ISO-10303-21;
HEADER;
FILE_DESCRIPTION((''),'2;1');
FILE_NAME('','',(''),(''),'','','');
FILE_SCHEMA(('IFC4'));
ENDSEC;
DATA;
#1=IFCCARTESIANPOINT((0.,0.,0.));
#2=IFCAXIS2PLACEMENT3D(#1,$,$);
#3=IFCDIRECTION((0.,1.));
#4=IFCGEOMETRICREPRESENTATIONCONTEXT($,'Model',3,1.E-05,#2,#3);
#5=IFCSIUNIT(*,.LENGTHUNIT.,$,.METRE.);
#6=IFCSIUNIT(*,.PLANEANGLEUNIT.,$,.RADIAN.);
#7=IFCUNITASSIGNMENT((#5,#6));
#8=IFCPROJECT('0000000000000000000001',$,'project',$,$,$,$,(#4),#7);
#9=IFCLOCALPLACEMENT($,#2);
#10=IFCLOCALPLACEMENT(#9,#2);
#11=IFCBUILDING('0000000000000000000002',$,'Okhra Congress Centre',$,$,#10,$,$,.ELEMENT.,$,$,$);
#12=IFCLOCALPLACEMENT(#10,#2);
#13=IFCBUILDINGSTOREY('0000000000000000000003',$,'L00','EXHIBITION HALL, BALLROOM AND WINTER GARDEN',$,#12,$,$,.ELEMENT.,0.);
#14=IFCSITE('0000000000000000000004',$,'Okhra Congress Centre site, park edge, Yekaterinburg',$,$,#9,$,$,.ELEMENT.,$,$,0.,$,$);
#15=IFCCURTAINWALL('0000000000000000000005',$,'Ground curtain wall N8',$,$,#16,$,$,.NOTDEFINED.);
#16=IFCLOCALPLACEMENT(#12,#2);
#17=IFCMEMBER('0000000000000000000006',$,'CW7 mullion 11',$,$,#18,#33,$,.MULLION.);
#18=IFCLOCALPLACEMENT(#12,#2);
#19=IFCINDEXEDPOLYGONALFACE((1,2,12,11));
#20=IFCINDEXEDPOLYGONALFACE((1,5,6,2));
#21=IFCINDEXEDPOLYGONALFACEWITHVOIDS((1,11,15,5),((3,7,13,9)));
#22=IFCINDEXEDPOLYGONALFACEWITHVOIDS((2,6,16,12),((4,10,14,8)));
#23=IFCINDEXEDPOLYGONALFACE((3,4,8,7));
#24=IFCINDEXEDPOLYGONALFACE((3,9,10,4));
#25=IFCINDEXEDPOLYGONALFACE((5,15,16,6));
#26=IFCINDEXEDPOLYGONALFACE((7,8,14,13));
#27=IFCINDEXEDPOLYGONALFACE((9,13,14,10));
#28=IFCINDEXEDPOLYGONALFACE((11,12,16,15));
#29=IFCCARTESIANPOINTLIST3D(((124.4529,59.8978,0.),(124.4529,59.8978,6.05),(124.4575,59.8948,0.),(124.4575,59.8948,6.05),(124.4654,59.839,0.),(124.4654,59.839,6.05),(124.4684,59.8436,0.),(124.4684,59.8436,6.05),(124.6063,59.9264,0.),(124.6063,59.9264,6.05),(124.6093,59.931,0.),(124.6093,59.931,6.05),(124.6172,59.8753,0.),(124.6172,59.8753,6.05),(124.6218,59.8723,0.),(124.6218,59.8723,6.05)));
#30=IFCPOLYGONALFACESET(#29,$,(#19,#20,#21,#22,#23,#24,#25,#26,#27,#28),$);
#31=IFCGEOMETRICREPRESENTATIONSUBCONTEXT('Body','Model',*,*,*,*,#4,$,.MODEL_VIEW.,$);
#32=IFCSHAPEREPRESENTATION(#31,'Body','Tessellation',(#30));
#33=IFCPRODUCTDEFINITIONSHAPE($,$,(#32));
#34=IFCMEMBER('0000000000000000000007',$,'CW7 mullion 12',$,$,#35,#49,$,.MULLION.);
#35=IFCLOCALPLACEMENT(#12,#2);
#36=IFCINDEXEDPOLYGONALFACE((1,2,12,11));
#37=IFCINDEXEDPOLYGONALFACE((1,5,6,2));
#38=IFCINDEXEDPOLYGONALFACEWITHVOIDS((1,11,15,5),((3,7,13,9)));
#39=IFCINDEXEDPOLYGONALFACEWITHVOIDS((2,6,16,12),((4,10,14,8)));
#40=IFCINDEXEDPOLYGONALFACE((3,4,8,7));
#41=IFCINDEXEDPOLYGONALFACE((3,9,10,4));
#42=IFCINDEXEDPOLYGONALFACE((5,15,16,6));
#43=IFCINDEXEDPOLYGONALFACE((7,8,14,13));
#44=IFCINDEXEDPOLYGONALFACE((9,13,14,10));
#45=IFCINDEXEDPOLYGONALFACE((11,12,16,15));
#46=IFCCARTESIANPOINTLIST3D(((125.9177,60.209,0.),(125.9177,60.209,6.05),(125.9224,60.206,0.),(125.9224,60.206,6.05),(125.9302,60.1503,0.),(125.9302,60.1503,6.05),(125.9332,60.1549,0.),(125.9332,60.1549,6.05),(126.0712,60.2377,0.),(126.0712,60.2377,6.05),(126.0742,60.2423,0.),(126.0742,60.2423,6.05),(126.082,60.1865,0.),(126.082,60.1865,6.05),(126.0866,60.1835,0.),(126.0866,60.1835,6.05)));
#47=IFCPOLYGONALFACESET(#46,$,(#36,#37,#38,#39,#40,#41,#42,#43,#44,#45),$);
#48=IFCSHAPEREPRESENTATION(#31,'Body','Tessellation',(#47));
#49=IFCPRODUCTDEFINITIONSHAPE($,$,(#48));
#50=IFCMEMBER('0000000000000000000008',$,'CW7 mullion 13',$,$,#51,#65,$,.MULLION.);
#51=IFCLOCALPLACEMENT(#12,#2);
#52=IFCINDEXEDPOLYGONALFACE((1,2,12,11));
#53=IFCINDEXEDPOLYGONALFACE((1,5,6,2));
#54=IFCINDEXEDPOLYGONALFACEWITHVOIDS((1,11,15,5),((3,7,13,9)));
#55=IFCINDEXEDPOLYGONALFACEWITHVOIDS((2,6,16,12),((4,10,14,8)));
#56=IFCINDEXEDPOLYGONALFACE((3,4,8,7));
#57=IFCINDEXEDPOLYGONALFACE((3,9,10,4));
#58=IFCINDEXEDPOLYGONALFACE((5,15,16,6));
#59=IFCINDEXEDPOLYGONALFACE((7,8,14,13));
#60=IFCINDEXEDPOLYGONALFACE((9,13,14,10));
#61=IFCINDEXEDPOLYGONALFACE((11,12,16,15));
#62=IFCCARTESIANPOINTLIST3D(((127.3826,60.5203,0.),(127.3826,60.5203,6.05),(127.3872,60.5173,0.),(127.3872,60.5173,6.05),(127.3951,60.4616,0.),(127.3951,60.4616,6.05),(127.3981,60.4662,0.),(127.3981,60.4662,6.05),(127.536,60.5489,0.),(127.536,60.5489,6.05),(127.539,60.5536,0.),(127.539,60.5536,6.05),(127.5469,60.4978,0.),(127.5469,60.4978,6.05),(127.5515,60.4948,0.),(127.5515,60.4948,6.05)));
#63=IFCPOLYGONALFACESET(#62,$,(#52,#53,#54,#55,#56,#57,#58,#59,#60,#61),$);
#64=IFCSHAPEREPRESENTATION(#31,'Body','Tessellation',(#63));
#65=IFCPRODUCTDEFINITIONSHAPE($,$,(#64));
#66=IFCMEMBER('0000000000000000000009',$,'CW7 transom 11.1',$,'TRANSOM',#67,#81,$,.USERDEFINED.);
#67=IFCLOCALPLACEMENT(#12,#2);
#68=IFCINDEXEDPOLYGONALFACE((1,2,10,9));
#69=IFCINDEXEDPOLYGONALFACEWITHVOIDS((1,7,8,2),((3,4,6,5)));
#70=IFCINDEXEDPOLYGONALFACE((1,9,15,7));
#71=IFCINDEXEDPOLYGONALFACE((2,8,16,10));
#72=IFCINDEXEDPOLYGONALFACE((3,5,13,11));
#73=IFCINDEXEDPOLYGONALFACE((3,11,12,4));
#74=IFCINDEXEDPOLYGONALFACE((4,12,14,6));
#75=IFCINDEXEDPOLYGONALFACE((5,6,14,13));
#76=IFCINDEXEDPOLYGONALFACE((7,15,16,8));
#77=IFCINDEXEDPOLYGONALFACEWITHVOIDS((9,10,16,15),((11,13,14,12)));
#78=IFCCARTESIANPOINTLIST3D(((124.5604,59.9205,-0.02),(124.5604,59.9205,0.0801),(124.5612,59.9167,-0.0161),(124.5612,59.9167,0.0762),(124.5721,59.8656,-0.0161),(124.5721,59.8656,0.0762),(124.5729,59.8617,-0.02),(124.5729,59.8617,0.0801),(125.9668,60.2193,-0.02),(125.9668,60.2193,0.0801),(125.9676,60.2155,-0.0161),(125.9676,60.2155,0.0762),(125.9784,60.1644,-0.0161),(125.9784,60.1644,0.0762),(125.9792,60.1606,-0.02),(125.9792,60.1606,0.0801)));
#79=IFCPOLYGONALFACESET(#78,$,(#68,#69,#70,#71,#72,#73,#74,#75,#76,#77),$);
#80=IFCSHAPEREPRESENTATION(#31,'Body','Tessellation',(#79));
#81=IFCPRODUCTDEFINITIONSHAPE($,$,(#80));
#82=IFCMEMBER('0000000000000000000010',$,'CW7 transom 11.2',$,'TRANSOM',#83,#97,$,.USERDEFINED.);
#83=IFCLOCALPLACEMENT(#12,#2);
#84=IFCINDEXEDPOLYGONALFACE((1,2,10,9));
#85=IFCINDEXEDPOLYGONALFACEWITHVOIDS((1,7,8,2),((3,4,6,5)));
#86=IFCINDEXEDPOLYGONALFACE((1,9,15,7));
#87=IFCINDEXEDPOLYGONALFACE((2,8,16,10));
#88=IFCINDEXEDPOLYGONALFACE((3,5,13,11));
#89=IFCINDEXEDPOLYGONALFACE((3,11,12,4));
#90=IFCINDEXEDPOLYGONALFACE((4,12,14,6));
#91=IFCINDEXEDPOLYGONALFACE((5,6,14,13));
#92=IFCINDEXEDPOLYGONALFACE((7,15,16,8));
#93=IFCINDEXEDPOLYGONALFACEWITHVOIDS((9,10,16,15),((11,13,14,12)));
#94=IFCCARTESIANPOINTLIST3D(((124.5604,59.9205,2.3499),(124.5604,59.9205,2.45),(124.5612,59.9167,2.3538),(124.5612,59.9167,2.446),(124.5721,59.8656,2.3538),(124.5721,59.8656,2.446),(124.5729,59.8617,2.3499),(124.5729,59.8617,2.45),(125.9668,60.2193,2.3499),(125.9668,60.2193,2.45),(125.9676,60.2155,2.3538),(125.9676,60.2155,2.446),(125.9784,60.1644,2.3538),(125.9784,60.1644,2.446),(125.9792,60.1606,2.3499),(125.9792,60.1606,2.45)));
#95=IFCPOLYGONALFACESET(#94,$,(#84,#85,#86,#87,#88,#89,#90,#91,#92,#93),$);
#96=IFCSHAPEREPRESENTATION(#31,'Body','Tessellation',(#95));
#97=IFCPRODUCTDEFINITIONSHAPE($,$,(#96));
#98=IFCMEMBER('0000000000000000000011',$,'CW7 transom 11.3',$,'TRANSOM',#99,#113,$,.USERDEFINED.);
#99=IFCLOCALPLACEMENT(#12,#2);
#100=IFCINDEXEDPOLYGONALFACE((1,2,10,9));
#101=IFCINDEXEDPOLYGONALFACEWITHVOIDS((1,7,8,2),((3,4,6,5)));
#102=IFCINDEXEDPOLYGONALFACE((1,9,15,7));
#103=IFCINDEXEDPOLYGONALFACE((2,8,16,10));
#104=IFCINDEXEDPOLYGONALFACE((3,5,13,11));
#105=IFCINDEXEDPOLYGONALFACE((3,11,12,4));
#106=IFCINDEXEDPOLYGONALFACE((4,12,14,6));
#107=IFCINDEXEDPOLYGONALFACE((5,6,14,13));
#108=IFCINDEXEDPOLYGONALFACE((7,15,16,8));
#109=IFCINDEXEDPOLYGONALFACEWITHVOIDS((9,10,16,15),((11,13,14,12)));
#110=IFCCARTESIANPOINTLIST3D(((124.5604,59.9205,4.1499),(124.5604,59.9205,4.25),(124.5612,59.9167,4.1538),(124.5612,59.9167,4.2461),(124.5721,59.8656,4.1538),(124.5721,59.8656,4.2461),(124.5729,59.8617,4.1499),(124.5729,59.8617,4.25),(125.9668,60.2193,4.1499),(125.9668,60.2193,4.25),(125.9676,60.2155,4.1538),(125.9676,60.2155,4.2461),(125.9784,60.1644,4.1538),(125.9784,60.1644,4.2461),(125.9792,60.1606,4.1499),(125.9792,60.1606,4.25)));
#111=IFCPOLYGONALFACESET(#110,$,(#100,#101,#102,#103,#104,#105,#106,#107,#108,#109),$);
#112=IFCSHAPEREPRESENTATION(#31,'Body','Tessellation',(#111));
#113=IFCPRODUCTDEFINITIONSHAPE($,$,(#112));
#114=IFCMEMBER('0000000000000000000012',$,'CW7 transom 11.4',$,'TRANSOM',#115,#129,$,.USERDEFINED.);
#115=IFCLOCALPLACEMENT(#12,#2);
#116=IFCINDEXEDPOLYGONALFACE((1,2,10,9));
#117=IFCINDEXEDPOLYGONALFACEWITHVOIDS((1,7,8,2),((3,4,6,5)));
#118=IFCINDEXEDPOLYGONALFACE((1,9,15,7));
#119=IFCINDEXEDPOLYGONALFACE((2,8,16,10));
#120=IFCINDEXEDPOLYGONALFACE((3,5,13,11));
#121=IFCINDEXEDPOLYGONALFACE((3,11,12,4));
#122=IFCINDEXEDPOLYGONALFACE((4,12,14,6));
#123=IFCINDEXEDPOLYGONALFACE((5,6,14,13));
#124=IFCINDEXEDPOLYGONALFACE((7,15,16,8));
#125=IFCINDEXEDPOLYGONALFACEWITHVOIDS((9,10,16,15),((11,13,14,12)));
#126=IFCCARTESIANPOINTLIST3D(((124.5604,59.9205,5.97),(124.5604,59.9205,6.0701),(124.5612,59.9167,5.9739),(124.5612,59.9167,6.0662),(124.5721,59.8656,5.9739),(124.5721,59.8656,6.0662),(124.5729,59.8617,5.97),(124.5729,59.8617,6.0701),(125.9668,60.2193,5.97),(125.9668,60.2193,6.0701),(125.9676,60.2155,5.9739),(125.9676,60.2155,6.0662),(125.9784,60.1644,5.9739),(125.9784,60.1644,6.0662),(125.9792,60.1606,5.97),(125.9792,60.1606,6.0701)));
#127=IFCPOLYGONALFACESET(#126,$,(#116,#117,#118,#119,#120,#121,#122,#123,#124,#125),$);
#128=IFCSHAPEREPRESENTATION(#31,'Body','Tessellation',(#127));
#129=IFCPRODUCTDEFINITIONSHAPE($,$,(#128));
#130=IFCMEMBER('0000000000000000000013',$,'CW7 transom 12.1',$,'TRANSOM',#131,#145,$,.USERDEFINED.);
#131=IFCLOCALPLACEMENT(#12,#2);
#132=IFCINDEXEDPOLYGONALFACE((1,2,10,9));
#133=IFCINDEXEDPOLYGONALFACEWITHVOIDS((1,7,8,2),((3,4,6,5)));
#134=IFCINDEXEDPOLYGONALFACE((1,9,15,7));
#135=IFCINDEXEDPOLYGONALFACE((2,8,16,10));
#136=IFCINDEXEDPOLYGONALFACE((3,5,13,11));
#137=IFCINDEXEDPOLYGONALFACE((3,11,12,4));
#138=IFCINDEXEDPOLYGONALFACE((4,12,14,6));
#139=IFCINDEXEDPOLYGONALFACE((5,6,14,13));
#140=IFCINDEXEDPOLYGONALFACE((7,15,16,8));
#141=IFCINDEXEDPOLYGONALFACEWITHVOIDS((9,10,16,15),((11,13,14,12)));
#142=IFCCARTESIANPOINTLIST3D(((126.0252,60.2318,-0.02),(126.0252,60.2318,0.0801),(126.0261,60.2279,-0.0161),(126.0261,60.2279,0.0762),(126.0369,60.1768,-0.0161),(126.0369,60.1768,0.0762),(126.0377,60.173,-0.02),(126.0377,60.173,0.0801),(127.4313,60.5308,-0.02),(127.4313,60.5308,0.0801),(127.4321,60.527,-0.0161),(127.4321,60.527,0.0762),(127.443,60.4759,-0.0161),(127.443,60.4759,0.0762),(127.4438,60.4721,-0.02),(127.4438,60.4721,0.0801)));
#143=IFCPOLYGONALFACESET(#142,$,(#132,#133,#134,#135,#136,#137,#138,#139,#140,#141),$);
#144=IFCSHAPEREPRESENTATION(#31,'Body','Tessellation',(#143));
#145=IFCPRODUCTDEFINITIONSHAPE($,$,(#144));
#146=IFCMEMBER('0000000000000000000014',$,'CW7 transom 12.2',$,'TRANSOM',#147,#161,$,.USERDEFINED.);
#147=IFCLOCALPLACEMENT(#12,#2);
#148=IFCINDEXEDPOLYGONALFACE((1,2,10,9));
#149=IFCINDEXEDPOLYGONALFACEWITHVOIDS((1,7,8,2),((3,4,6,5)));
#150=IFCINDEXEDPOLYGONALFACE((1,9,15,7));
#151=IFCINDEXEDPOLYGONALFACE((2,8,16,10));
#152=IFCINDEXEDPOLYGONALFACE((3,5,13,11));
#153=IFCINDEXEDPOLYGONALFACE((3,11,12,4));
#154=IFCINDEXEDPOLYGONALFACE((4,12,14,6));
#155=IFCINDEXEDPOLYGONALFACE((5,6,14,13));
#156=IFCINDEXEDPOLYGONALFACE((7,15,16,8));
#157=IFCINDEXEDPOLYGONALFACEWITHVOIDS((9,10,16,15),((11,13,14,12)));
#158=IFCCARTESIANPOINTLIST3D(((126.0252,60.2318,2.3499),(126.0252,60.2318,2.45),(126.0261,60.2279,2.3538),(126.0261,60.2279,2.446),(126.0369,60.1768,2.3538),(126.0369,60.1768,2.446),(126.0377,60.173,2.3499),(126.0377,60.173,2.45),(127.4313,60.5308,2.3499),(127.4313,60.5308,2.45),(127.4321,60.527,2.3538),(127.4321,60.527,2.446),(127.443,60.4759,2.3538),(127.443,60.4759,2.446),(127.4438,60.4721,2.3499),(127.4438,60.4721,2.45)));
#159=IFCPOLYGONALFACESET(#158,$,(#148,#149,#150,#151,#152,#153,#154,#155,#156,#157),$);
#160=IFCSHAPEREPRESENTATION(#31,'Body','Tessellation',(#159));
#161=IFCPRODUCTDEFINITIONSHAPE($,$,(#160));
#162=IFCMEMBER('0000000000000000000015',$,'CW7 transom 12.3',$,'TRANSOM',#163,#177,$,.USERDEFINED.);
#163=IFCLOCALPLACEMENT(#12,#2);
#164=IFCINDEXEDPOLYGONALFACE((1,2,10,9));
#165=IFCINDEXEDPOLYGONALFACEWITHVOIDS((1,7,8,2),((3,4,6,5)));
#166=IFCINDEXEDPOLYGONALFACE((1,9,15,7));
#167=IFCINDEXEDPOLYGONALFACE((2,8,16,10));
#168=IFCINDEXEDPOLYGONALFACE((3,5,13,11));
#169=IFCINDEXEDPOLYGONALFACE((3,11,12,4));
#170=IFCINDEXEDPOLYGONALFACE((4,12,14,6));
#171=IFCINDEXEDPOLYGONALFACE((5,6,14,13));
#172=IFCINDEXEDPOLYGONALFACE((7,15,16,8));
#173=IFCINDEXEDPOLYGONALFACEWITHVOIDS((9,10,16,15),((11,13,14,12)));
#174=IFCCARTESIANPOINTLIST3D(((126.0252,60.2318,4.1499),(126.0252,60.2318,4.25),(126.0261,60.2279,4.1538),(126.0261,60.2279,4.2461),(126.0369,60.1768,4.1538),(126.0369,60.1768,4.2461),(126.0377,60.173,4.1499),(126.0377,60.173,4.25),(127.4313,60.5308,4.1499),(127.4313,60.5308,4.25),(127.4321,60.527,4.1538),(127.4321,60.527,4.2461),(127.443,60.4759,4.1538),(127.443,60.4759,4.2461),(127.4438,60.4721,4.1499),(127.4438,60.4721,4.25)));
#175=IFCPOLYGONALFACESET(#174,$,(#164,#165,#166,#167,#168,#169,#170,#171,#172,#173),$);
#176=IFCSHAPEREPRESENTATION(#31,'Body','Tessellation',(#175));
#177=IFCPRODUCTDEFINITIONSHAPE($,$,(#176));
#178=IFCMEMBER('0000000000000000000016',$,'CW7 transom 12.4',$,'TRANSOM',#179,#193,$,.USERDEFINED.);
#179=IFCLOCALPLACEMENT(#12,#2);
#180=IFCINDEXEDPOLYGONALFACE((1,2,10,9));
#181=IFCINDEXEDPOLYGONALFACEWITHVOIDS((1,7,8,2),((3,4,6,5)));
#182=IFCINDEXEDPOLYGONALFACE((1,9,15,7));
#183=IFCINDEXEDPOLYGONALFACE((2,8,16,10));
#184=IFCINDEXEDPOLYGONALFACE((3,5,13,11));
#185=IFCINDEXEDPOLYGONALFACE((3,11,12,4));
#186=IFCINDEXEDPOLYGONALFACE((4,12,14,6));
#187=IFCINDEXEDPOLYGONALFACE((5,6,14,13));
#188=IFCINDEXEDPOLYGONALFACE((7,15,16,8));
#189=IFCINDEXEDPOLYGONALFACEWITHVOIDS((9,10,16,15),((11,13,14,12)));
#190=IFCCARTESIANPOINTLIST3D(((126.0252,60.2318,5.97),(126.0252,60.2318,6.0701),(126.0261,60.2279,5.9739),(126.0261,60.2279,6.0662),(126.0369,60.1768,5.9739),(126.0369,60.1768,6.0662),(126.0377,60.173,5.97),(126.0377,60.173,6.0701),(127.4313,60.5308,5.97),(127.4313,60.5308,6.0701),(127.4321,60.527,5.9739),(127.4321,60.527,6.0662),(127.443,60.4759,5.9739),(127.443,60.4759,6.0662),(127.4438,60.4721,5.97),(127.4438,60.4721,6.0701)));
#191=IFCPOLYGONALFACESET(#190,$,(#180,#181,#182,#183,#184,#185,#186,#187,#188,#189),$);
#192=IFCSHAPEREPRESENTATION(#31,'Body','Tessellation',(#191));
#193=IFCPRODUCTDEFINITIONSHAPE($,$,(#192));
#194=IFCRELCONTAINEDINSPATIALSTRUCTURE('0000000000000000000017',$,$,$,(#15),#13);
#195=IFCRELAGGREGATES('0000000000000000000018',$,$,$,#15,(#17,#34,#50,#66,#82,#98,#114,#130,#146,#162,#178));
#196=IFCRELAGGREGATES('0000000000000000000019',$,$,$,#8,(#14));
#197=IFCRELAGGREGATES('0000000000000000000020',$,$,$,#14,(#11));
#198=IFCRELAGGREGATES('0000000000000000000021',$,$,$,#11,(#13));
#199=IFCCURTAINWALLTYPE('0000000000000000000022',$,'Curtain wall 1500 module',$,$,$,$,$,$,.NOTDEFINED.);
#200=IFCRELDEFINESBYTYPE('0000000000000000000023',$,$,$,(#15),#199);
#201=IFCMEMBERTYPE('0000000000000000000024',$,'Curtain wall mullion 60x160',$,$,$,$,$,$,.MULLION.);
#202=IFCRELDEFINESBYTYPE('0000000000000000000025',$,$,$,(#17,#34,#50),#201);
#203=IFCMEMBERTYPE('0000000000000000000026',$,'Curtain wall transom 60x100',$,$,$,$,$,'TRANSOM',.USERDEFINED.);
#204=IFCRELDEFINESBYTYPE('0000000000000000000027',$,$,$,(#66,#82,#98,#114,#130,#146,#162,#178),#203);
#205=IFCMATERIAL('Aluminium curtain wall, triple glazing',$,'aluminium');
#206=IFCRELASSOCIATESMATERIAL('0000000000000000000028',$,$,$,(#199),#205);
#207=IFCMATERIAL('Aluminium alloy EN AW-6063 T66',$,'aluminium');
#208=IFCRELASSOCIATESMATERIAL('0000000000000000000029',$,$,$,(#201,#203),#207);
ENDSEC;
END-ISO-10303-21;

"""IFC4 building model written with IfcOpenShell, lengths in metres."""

from ifc_helpers import new_model, si_unit, direction, frame, origin, origin_2d, place, context, subcontext, project, spatial, hollow_rectangle, extrude, material, material_profile, profile_set, type_object, element, aggregate, save


model = new_model("IFC4")

# Units and contexts
model_context = context("Model", 3, precision=1e-05, world=origin(), true_north=direction((0.0, 1.0)))
body_context = subcontext(model_context, "Body", "Model", "MODEL_VIEW")
ifc_project = project(units=[si_unit("LENGTHUNIT", "METRE"), si_unit("PLANEANGLEUNIT", "RADIAN")], contexts=[model_context])

# Site, building, storey
site_placement = place(None, origin())
site = spatial("IfcSite", under=ifc_project, at=site_placement, Name="Okhra Congress Centre site, park edge, Yekaterinburg", CompositionType="ELEMENT", RefElevation=0.0)
building_placement = place(site_placement, origin())
building = spatial("IfcBuilding", under=site, at=building_placement, Name="Okhra Congress Centre", CompositionType="ELEMENT")
storey_placement = place(building_placement, origin())
storey = spatial("IfcBuildingStorey", under=building, at=storey_placement, Name="L00", Description="EXHIBITION HALL, BALLROOM AND WINTER GARDEN", CompositionType="ELEMENT", Elevation=0.0)

# Curtain wall, members
ifc_material_1 = material(Name="Aluminium curtain wall, triple glazing", Category="aluminium")
curtain_wall_type = type_object("IfcCurtainWallType", Name="Curtain wall 1500 module", PredefinedType="NOTDEFINED", material=ifc_material_1)
curtain_wall_placement = place(storey_placement, origin())
curtain_wall = element("IfcCurtainWall", 1, at=curtain_wall_placement, inside=storey, type_object=curtain_wall_type, Name="Ground curtain wall N8", PredefinedType="NOTDEFINED")
ifc_material_2 = material(Name="Aluminium alloy EN AW-6063 T66", Category="aluminium")
ifc_material_profile_1 = material_profile(ifc_material_2, hollow_rectangle(XDim=0.0601, YDim=0.1599, WallThickness=0.0039, at=origin_2d()), Name="RHS 60x160x4")
ifc_profile_set_1 = profile_set([ifc_material_profile_1], Name="Aluminium alloy EN AW-6063 T66")
member_type_1 = type_object("IfcMemberType", Name="Curtain wall mullion 60x160", PredefinedType="MULLION", material=ifc_profile_set_1)
member_1_placement = place(storey_placement, frame((124.5374, 59.885, 0.0), z_axis=(0.0, 0.0, 1.0), x_axis=(-0.207912, 0.978148, 0.0)))
member_1 = element("IfcMember", 2, at=member_1_placement, type_object=member_type_1, Name="CW7 mullion 11", PredefinedType="MULLION", context=body_context, shape_type="SweptSolid", body=[
    extrude(hollow_rectangle(XDim=0.0601, YDim=0.1599, WallThickness=0.0039, at=origin_2d()), origin(), (0.0, 0.0, 1.0), 6.05),
])
member_2_placement = place(storey_placement, frame((126.0022, 60.1963, 0.0), z_axis=(0.0, 0.0, 1.0), x_axis=(-0.207912, 0.978148, 0.0)))
member_2 = element("IfcMember", 3, at=member_2_placement, type_object=member_type_1, Name="CW7 mullion 12", PredefinedType="MULLION", context=body_context, shape_type="SweptSolid", body=[
    extrude(hollow_rectangle(XDim=0.0601, YDim=0.1599, WallThickness=0.0039, at=origin_2d()), origin(), (0.0, 0.0, 1.0), 6.05),
])
member_3_placement = place(storey_placement, frame((127.467, 60.5076, 0.0), z_axis=(0.0, 0.0, 1.0), x_axis=(-0.207912, 0.978148, 0.0)))
member_3 = element("IfcMember", 4, at=member_3_placement, type_object=member_type_1, Name="CW7 mullion 13", PredefinedType="MULLION", context=body_context, shape_type="SweptSolid", body=[
    extrude(hollow_rectangle(XDim=0.0601, YDim=0.1599, WallThickness=0.0039, at=origin_2d()), origin(), (0.0, 0.0, 1.0), 6.05),
])
ifc_material_profile_2 = material_profile(ifc_material_2, hollow_rectangle(XDim=0.0601, YDim=0.1001, WallThickness=0.0039, at=origin_2d()), Name="RHS 60x100x4")
ifc_profile_set_2 = profile_set([ifc_material_profile_2], Name="Aluminium alloy EN AW-6063 T66")
member_type_2 = type_object("IfcMemberType", Name="Curtain wall transom 60x100", ElementType="TRANSOM", PredefinedType="USERDEFINED", material=ifc_profile_set_2)
member_4_placement = place(storey_placement, frame((124.5667, 59.8911, 0.03), z_axis=(0.978159, 0.207859, 0.0), x_axis=(-0.207859, 0.978159, 0.0)))
member_4 = element("IfcMember", 5, at=member_4_placement, type_object=member_type_2, Name="CW7 transom 11.1", ObjectType="TRANSOM", PredefinedType="USERDEFINED", context=body_context, shape_type="SweptSolid", body=[
    extrude(hollow_rectangle(XDim=0.0601, YDim=0.1001, WallThickness=0.0039, at=origin_2d()), origin(), (0.0, 0.0, 1.0), 1.4377),
])
member_5_placement = place(storey_placement, frame((124.5667, 59.8911, 2.3999), z_axis=(0.978159, 0.207859, 0.0), x_axis=(-0.207859, 0.978159, 0.0)))
member_5 = element("IfcMember", 6, at=member_5_placement, type_object=member_type_2, Name="CW7 transom 11.2", ObjectType="TRANSOM", PredefinedType="USERDEFINED", context=body_context, shape_type="SweptSolid", body=[
    extrude(hollow_rectangle(XDim=0.0601, YDim=0.1001, WallThickness=0.0039, at=origin_2d()), origin(), (0.0, 0.0, 1.0), 1.4377),
])
member_6_placement = place(storey_placement, frame((124.5667, 59.8911, 4.2), z_axis=(0.978159, 0.207859, 0.0), x_axis=(-0.207859, 0.978159, 0.0)))
member_6 = element("IfcMember", 7, at=member_6_placement, type_object=member_type_2, Name="CW7 transom 11.3", ObjectType="TRANSOM", PredefinedType="USERDEFINED", context=body_context, shape_type="SweptSolid", body=[
    extrude(hollow_rectangle(XDim=0.0601, YDim=0.1001, WallThickness=0.0039, at=origin_2d()), origin(), (0.0, 0.0, 1.0), 1.4377),
])
member_7_placement = place(storey_placement, frame((124.5667, 59.8911, 6.02), z_axis=(0.978159, 0.207859, 0.0), x_axis=(-0.207859, 0.978159, 0.0)))
member_7 = element("IfcMember", 8, at=member_7_placement, type_object=member_type_2, Name="CW7 transom 11.4", ObjectType="TRANSOM", PredefinedType="USERDEFINED", context=body_context, shape_type="SweptSolid", body=[
    extrude(hollow_rectangle(XDim=0.0601, YDim=0.1001, WallThickness=0.0039, at=origin_2d()), origin(), (0.0, 0.0, 1.0), 1.4377),
])
member_8_placement = place(storey_placement, frame((126.0315, 60.2024, 0.03), z_axis=(0.978117, 0.208056, 0.0), x_axis=(-0.208056, 0.978117, 0.0)))
member_8 = element("IfcMember", 9, at=member_8_placement, type_object=member_type_2, Name="CW7 transom 12.1", ObjectType="TRANSOM", PredefinedType="USERDEFINED", context=body_context, shape_type="SweptSolid", body=[
    extrude(hollow_rectangle(XDim=0.0601, YDim=0.1001, WallThickness=0.0039, at=origin_2d()), origin(), (0.0, 0.0, 1.0), 1.4375),
])
member_9_placement = place(storey_placement, frame((126.0315, 60.2024, 2.3999), z_axis=(0.978117, 0.208056, 0.0), x_axis=(-0.208056, 0.978117, 0.0)))
member_9 = element("IfcMember", 10, at=member_9_placement, type_object=member_type_2, Name="CW7 transom 12.2", ObjectType="TRANSOM", PredefinedType="USERDEFINED", context=body_context, shape_type="SweptSolid", body=[
    extrude(hollow_rectangle(XDim=0.0601, YDim=0.1001, WallThickness=0.0039, at=origin_2d()), origin(), (0.0, 0.0, 1.0), 1.4375),
])
member_10_placement = place(storey_placement, frame((126.0315, 60.2024, 4.2), z_axis=(0.978117, 0.208056, 0.0), x_axis=(-0.208056, 0.978117, 0.0)))
member_10 = element("IfcMember", 11, at=member_10_placement, type_object=member_type_2, Name="CW7 transom 12.3", ObjectType="TRANSOM", PredefinedType="USERDEFINED", context=body_context, shape_type="SweptSolid", body=[
    extrude(hollow_rectangle(XDim=0.0601, YDim=0.1001, WallThickness=0.0039, at=origin_2d()), origin(), (0.0, 0.0, 1.0), 1.4375),
])
member_11_placement = place(storey_placement, frame((126.0315, 60.2024, 6.02), z_axis=(0.978117, 0.208056, 0.0), x_axis=(-0.208056, 0.978117, 0.0)))
member_11 = element("IfcMember", 12, at=member_11_placement, type_object=member_type_2, Name="CW7 transom 12.4", ObjectType="TRANSOM", PredefinedType="USERDEFINED", context=body_context, shape_type="SweptSolid", body=[
    extrude(hollow_rectangle(XDim=0.0601, YDim=0.1001, WallThickness=0.0039, at=origin_2d()), origin(), (0.0, 0.0, 1.0), 1.4375),
])
aggregate(curtain_wall, [member_1, member_2, member_3, member_4, member_5, member_6, member_7, member_8, member_9, member_10, member_11])

save(model, "model.ifc")
